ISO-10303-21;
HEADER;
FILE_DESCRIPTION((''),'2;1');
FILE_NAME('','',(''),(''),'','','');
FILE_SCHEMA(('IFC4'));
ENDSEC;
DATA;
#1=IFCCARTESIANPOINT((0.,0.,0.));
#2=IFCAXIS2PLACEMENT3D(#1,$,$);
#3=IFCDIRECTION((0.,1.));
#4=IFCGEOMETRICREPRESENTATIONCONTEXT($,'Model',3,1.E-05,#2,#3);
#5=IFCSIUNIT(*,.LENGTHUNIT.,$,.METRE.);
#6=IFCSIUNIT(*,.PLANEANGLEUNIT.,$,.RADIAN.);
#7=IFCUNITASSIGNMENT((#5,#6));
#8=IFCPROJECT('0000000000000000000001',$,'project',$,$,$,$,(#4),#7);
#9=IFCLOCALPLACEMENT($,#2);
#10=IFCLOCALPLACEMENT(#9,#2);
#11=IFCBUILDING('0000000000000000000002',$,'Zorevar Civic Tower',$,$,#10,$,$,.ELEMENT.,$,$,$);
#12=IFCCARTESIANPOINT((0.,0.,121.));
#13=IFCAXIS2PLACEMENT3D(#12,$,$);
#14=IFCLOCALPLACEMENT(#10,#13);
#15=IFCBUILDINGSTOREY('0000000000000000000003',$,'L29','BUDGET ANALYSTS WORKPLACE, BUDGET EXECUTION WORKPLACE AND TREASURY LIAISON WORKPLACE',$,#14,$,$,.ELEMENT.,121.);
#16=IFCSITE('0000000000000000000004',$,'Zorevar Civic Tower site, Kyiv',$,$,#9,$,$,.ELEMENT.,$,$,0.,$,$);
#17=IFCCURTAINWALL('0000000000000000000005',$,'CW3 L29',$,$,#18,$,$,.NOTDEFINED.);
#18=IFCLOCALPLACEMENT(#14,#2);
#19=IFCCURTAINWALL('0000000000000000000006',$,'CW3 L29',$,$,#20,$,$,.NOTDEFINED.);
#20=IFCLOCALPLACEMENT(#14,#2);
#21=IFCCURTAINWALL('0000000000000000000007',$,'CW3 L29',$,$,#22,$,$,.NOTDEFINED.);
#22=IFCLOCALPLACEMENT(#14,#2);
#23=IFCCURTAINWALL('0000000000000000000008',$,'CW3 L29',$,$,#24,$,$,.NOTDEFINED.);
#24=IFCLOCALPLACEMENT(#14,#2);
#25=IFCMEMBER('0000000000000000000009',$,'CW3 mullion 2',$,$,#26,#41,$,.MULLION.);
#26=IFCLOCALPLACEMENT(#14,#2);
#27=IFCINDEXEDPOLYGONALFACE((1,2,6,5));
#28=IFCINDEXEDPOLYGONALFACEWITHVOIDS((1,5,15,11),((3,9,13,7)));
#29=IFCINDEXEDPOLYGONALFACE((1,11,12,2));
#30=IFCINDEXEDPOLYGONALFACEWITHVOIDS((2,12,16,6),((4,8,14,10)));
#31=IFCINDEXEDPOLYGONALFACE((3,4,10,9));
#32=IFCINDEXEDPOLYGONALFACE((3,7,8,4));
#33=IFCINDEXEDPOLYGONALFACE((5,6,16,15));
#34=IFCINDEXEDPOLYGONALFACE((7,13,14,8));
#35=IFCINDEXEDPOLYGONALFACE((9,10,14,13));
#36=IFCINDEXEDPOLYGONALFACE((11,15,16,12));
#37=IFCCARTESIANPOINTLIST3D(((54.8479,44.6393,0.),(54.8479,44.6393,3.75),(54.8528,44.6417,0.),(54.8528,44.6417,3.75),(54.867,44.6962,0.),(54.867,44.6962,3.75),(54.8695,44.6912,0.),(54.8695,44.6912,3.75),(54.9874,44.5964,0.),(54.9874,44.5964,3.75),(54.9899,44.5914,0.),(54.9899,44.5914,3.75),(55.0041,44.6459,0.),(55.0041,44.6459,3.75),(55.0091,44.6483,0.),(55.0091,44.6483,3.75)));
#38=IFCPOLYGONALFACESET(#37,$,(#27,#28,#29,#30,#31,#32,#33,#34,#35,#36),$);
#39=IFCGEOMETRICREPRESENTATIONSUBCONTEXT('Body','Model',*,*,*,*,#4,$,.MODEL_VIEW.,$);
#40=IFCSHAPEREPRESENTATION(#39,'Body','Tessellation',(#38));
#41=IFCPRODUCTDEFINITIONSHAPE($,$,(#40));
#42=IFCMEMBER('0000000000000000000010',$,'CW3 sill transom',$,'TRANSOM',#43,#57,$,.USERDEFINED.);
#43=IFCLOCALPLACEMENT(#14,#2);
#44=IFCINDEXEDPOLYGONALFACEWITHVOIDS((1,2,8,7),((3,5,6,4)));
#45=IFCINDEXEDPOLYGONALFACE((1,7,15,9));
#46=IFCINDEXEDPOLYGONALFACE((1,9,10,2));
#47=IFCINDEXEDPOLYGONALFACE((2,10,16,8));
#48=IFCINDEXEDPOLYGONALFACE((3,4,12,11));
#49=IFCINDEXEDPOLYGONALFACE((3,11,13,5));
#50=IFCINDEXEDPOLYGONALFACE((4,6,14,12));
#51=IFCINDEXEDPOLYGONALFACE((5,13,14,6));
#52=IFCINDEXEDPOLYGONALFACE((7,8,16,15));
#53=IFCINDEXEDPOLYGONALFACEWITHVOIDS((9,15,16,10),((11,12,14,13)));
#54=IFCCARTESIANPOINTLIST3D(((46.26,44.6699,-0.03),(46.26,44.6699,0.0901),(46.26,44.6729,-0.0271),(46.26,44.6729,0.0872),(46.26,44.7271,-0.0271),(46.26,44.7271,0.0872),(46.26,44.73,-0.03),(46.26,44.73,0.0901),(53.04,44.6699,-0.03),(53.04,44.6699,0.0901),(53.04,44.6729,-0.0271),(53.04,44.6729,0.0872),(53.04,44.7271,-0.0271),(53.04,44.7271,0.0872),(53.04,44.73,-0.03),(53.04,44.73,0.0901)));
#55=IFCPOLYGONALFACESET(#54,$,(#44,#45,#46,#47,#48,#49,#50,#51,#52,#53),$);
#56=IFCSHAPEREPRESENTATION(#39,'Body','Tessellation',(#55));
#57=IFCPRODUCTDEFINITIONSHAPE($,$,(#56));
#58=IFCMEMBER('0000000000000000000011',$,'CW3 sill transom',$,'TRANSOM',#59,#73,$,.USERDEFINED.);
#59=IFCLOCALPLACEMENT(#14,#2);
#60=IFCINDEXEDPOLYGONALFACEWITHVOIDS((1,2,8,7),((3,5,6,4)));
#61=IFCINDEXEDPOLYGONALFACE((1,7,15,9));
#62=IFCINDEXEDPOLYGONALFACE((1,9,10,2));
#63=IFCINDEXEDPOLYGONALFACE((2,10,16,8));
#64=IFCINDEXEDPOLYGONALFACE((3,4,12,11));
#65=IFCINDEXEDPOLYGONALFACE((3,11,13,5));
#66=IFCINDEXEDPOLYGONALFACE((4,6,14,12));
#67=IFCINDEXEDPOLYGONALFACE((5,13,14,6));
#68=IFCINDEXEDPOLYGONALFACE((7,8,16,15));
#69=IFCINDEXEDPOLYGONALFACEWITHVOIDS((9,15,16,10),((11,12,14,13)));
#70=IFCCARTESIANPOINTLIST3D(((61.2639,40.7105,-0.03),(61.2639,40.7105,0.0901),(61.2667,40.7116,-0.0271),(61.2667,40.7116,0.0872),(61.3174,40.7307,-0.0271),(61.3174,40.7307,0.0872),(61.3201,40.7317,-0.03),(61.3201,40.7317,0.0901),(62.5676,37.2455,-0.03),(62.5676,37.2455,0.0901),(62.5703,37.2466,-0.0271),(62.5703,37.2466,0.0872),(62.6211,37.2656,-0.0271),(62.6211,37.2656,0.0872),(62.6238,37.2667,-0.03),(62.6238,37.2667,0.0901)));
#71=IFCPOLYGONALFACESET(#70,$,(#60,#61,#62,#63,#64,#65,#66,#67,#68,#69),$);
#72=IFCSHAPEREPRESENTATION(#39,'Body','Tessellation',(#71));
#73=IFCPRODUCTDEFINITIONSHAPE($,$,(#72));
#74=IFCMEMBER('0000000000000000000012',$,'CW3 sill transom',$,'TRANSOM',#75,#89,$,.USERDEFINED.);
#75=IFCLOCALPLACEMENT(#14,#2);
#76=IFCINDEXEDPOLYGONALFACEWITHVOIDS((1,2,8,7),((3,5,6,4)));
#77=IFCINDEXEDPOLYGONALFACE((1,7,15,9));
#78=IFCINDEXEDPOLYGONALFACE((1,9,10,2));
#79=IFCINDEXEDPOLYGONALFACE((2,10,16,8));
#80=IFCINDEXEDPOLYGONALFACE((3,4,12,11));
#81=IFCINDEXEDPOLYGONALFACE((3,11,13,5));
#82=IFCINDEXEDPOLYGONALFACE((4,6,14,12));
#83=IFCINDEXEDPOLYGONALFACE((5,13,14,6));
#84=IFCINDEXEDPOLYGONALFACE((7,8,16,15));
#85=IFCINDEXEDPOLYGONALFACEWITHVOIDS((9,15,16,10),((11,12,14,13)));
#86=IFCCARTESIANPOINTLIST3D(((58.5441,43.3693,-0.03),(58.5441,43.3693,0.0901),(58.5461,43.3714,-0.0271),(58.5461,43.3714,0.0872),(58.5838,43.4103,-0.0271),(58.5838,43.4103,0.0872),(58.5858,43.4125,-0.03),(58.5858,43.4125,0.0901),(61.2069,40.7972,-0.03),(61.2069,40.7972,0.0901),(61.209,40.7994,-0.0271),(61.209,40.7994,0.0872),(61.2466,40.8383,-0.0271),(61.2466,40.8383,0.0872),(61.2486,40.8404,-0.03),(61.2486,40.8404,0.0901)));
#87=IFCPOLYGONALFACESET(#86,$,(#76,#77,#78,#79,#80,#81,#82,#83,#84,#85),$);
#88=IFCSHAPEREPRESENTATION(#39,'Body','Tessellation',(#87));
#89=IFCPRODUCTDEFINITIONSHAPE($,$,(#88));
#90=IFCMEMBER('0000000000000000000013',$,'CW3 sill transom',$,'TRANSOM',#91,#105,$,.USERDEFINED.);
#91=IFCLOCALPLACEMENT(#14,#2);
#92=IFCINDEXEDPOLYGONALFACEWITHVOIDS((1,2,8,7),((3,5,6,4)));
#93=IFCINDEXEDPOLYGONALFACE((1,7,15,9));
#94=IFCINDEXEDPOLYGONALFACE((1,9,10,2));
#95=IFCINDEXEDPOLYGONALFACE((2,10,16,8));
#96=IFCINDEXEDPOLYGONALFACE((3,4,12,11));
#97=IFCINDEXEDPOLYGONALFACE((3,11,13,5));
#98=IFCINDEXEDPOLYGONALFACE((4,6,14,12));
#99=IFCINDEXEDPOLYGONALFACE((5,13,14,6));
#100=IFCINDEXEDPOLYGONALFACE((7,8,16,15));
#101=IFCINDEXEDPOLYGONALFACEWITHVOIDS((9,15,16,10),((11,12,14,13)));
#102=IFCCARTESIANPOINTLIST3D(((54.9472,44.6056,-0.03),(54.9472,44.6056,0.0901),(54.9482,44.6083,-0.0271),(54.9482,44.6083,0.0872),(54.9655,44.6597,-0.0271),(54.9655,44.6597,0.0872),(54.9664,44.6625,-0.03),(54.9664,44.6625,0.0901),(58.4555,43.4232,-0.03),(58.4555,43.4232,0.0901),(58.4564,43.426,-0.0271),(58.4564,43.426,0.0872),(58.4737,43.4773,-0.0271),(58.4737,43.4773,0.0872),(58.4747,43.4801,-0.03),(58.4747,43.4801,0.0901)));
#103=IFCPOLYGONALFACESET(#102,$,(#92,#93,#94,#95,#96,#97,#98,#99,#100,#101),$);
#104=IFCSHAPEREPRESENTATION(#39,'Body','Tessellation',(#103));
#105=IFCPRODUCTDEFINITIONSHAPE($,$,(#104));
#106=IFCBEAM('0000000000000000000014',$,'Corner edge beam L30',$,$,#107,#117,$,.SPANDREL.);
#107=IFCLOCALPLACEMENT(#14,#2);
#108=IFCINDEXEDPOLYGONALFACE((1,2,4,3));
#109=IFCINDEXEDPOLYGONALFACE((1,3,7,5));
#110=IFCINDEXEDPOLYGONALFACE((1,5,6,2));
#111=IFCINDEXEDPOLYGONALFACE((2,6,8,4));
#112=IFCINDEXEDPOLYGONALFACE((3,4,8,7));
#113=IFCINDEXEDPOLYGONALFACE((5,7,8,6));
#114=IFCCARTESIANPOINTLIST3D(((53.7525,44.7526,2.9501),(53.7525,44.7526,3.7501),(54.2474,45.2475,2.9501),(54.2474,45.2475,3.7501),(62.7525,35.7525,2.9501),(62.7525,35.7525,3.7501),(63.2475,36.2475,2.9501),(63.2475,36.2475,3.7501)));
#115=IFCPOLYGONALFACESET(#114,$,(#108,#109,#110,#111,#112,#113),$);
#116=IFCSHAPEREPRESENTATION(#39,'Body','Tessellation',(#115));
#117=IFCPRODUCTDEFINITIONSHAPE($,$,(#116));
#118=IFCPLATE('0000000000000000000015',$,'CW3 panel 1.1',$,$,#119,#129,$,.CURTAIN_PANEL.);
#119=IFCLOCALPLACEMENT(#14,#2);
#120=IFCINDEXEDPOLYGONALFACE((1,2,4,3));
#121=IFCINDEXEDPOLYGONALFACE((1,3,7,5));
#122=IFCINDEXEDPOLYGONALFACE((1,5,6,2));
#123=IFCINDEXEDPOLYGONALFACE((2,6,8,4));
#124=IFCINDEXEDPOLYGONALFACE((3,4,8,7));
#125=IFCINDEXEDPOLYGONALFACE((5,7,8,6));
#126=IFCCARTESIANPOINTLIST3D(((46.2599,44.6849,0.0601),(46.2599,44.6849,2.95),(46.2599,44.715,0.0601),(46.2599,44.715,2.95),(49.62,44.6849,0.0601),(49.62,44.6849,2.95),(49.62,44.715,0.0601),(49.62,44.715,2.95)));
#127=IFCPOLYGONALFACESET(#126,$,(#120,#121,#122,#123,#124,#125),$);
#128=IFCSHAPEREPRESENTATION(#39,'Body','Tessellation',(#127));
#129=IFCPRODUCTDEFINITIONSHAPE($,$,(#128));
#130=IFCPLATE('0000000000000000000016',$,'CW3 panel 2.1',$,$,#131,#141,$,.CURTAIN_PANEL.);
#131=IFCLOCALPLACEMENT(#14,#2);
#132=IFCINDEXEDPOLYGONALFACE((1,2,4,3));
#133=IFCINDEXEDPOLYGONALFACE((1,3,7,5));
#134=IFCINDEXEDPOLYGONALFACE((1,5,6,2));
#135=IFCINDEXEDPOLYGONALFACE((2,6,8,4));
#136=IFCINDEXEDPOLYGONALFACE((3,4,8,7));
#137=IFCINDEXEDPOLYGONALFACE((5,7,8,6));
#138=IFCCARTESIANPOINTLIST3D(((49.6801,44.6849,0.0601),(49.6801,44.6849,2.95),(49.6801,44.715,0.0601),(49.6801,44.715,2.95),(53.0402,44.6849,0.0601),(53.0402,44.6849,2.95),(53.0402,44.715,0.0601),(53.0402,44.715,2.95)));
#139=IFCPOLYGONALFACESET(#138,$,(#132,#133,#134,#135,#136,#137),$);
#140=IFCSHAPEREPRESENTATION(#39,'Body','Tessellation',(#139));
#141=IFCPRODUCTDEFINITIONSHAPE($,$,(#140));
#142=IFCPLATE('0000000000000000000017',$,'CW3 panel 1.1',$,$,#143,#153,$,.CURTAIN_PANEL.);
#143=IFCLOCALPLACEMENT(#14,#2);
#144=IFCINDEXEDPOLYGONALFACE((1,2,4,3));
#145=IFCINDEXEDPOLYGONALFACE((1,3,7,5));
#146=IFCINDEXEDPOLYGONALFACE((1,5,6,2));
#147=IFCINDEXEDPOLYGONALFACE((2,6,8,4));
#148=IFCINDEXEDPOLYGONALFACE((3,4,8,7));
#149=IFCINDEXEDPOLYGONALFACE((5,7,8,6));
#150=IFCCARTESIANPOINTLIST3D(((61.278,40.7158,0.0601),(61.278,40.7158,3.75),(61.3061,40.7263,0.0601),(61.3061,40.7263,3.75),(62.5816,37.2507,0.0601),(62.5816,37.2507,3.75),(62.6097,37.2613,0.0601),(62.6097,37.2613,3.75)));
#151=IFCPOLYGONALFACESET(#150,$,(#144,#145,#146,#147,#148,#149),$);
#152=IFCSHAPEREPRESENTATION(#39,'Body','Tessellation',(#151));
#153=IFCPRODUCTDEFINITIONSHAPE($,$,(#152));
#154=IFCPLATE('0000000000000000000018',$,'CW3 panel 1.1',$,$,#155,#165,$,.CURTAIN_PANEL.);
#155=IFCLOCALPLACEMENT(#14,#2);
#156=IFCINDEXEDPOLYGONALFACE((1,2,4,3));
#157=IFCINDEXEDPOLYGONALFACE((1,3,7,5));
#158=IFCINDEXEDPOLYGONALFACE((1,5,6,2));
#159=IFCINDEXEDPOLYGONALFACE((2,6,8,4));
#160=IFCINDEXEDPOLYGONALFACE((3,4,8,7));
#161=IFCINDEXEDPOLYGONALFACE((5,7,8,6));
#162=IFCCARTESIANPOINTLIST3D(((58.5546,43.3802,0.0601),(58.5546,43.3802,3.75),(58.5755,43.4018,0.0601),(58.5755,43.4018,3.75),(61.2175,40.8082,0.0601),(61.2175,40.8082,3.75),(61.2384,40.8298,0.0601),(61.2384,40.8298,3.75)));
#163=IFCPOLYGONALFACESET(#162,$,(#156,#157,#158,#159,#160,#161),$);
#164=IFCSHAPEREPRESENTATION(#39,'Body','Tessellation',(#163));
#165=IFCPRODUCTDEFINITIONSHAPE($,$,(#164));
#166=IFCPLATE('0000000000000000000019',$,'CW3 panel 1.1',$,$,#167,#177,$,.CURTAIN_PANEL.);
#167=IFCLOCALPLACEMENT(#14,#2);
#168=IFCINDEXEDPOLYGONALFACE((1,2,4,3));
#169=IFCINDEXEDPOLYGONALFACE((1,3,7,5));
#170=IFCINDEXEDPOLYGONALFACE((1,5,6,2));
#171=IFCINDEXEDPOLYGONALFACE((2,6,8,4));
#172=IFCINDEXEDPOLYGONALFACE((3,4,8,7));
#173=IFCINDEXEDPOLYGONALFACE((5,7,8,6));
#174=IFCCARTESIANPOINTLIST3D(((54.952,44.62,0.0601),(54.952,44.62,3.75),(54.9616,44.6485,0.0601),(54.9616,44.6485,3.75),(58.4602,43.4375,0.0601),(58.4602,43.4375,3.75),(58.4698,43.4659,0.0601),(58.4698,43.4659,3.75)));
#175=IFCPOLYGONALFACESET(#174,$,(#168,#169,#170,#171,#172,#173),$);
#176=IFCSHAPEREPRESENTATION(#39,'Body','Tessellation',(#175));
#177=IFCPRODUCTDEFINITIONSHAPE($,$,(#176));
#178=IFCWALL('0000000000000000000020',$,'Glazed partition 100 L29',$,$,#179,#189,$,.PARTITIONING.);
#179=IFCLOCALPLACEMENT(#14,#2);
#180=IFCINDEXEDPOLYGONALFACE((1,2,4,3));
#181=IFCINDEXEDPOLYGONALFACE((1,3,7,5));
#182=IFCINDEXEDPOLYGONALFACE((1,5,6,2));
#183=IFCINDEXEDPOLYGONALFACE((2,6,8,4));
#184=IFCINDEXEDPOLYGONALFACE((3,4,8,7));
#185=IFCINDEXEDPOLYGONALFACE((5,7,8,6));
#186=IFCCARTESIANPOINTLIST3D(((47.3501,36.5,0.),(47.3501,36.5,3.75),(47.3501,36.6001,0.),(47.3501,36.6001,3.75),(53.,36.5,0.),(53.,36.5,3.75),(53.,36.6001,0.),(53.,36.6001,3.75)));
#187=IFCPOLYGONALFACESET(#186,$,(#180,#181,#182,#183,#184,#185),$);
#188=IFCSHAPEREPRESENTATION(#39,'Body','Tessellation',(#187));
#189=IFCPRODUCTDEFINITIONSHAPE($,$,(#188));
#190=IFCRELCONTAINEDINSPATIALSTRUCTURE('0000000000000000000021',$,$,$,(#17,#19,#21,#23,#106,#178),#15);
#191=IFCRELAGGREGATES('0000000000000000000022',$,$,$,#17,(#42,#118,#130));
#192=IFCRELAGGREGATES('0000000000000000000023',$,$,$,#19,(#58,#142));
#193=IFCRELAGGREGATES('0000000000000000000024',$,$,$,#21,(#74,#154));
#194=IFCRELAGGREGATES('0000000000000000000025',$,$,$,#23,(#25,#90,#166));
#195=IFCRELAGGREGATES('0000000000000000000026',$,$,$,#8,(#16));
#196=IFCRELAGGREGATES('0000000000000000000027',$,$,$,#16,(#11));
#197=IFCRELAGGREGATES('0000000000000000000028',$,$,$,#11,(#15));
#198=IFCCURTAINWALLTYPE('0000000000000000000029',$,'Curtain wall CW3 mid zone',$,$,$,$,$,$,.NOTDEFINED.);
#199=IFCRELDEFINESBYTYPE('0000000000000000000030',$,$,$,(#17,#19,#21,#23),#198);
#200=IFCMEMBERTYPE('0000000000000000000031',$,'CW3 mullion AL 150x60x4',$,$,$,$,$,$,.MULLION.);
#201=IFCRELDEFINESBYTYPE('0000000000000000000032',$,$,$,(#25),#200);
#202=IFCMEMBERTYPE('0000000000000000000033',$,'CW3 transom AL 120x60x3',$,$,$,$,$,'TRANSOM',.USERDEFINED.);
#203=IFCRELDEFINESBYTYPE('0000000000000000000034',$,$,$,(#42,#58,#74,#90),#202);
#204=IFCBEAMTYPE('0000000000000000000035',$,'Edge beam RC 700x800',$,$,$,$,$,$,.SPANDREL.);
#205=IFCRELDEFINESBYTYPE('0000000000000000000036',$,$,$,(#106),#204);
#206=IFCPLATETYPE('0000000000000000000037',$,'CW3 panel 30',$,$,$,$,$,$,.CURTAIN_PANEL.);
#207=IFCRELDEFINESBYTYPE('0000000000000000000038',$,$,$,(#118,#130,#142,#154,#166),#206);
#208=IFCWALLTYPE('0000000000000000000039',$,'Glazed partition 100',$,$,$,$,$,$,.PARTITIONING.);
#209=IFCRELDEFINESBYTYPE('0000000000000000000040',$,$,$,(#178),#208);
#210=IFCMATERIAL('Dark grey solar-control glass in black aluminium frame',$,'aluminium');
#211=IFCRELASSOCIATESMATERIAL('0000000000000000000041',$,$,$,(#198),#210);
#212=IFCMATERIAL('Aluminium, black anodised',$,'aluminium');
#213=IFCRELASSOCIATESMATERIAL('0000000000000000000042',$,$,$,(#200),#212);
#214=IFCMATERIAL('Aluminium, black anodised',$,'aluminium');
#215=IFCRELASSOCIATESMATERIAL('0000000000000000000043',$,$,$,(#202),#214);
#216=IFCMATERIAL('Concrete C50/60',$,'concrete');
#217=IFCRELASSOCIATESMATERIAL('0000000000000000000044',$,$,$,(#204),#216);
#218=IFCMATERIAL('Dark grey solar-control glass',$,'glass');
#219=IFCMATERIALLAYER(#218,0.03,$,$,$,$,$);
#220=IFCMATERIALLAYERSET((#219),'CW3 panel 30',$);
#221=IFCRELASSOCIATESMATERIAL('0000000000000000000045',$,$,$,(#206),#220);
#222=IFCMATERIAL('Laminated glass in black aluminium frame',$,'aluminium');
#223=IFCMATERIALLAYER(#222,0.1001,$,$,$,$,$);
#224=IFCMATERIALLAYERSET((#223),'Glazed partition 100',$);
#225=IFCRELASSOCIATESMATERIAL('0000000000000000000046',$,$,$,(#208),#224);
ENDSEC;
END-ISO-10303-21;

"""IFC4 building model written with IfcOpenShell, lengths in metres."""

from ifc_helpers import new_model, si_unit, direction, frame, frame_2d, origin, origin_2d, place, context, subcontext, project, spatial, rectangle, hollow_rectangle, extrude, material, layer, layer_set, material_profile, profile_set, type_object, element, aggregate, save


model = new_model("IFC4")

# Units and contexts
model_context = context("Model", 3, precision=1e-05, world=origin(), true_north=direction((0.0, 1.0)))
body_context = subcontext(model_context, "Body", "Model", "MODEL_VIEW")
ifc_project = project(units=[si_unit("LENGTHUNIT", "METRE"), si_unit("PLANEANGLEUNIT", "RADIAN")], contexts=[model_context])

# Site, building, storey
site_placement = place(None, origin())
site = spatial("IfcSite", under=ifc_project, at=site_placement, Name="Zorevar Civic Tower site, Kyiv", CompositionType="ELEMENT", RefElevation=0.0)
building_placement = place(site_placement, origin())
building = spatial("IfcBuilding", under=site, at=building_placement, Name="Zorevar Civic Tower", CompositionType="ELEMENT")
storey_placement = place(building_placement, frame((0.0, 0.0, 121.0)))
storey = spatial("IfcBuildingStorey", under=building, at=storey_placement, Name="L29", Description="BUDGET ANALYSTS WORKPLACE, BUDGET EXECUTION WORKPLACE AND TREASURY LIAISON WORKPLACE", CompositionType="ELEMENT", Elevation=121.0)

# Curtain walls, member
ifc_material_1 = material(Name="Dark grey solar-control glass in black aluminium frame", Category="aluminium")
curtain_wall_type = type_object("IfcCurtainWallType", Name="Curtain wall CW3 mid zone", PredefinedType="NOTDEFINED", material=ifc_material_1)
curtain_wall_1_placement = place(storey_placement, origin())
curtain_wall_1 = element("IfcCurtainWall", 1, at=curtain_wall_1_placement, inside=storey, type_object=curtain_wall_type, Name="CW3 L29", PredefinedType="NOTDEFINED")
ifc_material_2 = material(Name="Aluminium, black anodised", Category="aluminium")
ifc_material_profile_1 = material_profile(ifc_material_2, hollow_rectangle(XDim=0.0601, YDim=0.1499, WallThickness=0.0039, at=origin_2d()), Name="AL 150x60x4")
ifc_profile_set_1 = profile_set([ifc_material_profile_1], Name="Aluminium, black anodised")
member_type_1 = type_object("IfcMemberType", Name="CW3 mullion AL 150x60x4", PredefinedType="MULLION", material=ifc_profile_set_1)
curtain_wall_2_placement = place(storey_placement, origin())
curtain_wall_2 = element("IfcCurtainWall", 2, at=curtain_wall_2_placement, inside=storey, type_object=curtain_wall_type, Name="CW3 L29", PredefinedType="NOTDEFINED")
curtain_wall_3_placement = place(storey_placement, origin())
curtain_wall_3 = element("IfcCurtainWall", 3, at=curtain_wall_3_placement, inside=storey, type_object=curtain_wall_type, Name="CW3 L29", PredefinedType="NOTDEFINED")
curtain_wall_4_placement = place(storey_placement, origin())
curtain_wall_4 = element("IfcCurtainWall", 4, at=curtain_wall_4_placement, inside=storey, type_object=curtain_wall_type, Name="CW3 L29", PredefinedType="NOTDEFINED")
member_1_placement = place(storey_placement, frame((54.9285, 44.6438, 0.0), z_axis=(0.0, 0.0, 1.0), x_axis=(-0.319413, -0.947616, 0.0)))
member_1 = element("IfcMember", 5, at=member_1_placement, type_object=member_type_1, Name="CW3 mullion 2", PredefinedType="MULLION", context=body_context, shape_type="SweptSolid", body=[
    extrude(hollow_rectangle(XDim=0.0601, YDim=0.1499, WallThickness=0.0039, at=origin_2d()), origin(), (0.0, 0.0, 1.0), 3.75),
])

# Members
ifc_material_3 = material(Name="Aluminium, black anodised", Category="aluminium")
ifc_material_profile_2 = material_profile(ifc_material_3, hollow_rectangle(XDim=0.0601, YDim=0.1201, WallThickness=0.0029, at=origin_2d()), Name="AL 120x60x3")
ifc_profile_set_2 = profile_set([ifc_material_profile_2], Name="Aluminium, black anodised")
member_type_2 = type_object("IfcMemberType", Name="CW3 transom AL 120x60x3", ElementType="TRANSOM", PredefinedType="USERDEFINED", material=ifc_profile_set_2)
member_2_placement = place(storey_placement, frame((46.26, 44.7, 0.03), z_axis=(1.0, 0.0, 0.0), x_axis=(0.0, 1.0, 0.0)))
member_2 = element("IfcMember", 6, at=member_2_placement, type_object=member_type_2, Name="CW3 sill transom", ObjectType="TRANSOM", PredefinedType="USERDEFINED", context=body_context, shape_type="SweptSolid", body=[
    extrude(hollow_rectangle(XDim=0.0601, YDim=0.1201, WallThickness=0.0029, at=origin_2d()), origin(), (0.0, 0.0, 1.0), 6.78),
])
member_3_placement = place(storey_placement, frame((62.5957, 37.2561, 0.03), z_axis=(-0.352142, 0.935947, 0.0), x_axis=(-0.935947, -0.352142, 0.0)))
member_3 = element("IfcMember", 7, at=member_3_placement, type_object=member_type_2, Name="CW3 sill transom", ObjectType="TRANSOM", PredefinedType="USERDEFINED", context=body_context, shape_type="SweptSolid", body=[
    extrude(hollow_rectangle(XDim=0.0601, YDim=0.1201, WallThickness=0.0029, at=origin_2d()), origin(), (0.0, 0.0, 1.0), 3.7021),
])
member_4_placement = place(storey_placement, frame((61.2278, 40.8188, 0.03), z_axis=(-0.719266, 0.694735, 0.0), x_axis=(-0.694735, -0.719266, 0.0)))
member_4 = element("IfcMember", 8, at=member_4_placement, type_object=member_type_2, Name="CW3 sill transom", ObjectType="TRANSOM", PredefinedType="USERDEFINED", context=body_context, shape_type="SweptSolid", body=[
    extrude(hollow_rectangle(XDim=0.0601, YDim=0.1201, WallThickness=0.0029, at=origin_2d()), origin(), (0.0, 0.0, 1.0), 3.7021),
])
member_5_placement = place(storey_placement, frame((58.4651, 43.4517, 0.03), z_axis=(-0.94763, 0.319372, 0.0), x_axis=(-0.319372, -0.94763, 0.0)))
member_5 = element("IfcMember", 9, at=member_5_placement, type_object=member_type_2, Name="CW3 sill transom", ObjectType="TRANSOM", PredefinedType="USERDEFINED", context=body_context, shape_type="SweptSolid", body=[
    extrude(hollow_rectangle(XDim=0.0601, YDim=0.1201, WallThickness=0.0029, at=origin_2d()), origin(), (0.0, 0.0, 1.0), 3.7021),
])

# Beam
ifc_material_4 = material(Name="Concrete C50/60", Category="concrete")
ifc_material_profile_3 = material_profile(ifc_material_4, rectangle(XDim=0.7, YDim=0.8, at=origin_2d()), Name="RC 700x800")
ifc_profile_set_3 = profile_set([ifc_material_profile_3], Name="Concrete C50/60")
beam_type_1 = type_object("IfcBeamType", Name="Edge beam RC 700x800", PredefinedType="SPANDREL", material=ifc_profile_set_3)
beam_1_placement = place(storey_placement, frame((63.0, 36.0, 3.3501), z_axis=(-0.707107, 0.707107, 0.0), x_axis=(-0.707107, -0.707107, 0.0)))
element("IfcBeam", 10, at=beam_1_placement, inside=storey, type_object=beam_type_1, Name="Corner edge beam L30", PredefinedType="SPANDREL", context=body_context, shape_type="SweptSolid", body=[
    extrude(rectangle(XDim=0.7, YDim=0.8, at=origin_2d()), origin(), (0.0, 0.0, 1.0), 12.728),
])

# Plates
ifc_material_5 = material(Name="Dark grey solar-control glass", Category="glass")
ifc_layer_1 = layer(ifc_material_5, 0.03)
ifc_layer_set_1 = layer_set([ifc_layer_1], Name="CW3 panel 30")
plate_type = type_object("IfcPlateType", Name="CW3 panel 30", PredefinedType="CURTAIN_PANEL", material=ifc_layer_set_1)
plate_1_placement = place(storey_placement, frame((47.9399, 44.7, 0.0601), z_axis=(0.0, 0.0, 1.0), x_axis=(1.0, 0.0, 0.0)))
plate_1 = element("IfcPlate", 11, at=plate_1_placement, type_object=plate_type, Name="CW3 panel 1.1", PredefinedType="CURTAIN_PANEL", context=body_context, shape_type="SweptSolid", body=[
    extrude(rectangle(XDim=3.3601, YDim=0.03, at=origin_2d()), origin(), (0.0, 0.0, 1.0), 2.8899),
])
plate_2_placement = place(storey_placement, frame((51.3601, 44.7, 0.0601), z_axis=(0.0, 0.0, 1.0), x_axis=(1.0, 0.0, 0.0)))
plate_2 = element("IfcPlate", 12, at=plate_2_placement, type_object=plate_type, Name="CW3 panel 2.1", PredefinedType="CURTAIN_PANEL", context=body_context, shape_type="SweptSolid", body=[
    extrude(rectangle(XDim=3.3601, YDim=0.03, at=origin_2d()), origin(), (0.0, 0.0, 1.0), 2.8899),
])
aggregate(curtain_wall_1, [member_2, plate_1, plate_2])
plate_3_placement = place(storey_placement, frame((61.9438, 38.9885, 0.0601), z_axis=(0.0, 0.0, 1.0), x_axis=(-0.352132, 0.935951, 0.0)))
plate_3 = element("IfcPlate", 13, at=plate_3_placement, type_object=plate_type, Name="CW3 panel 1.1", PredefinedType="CURTAIN_PANEL", context=body_context, shape_type="SweptSolid", body=[
    extrude(rectangle(XDim=3.7021, YDim=0.03, at=origin_2d()), origin(), (0.0, 0.0, 1.0), 3.6899),
])
aggregate(curtain_wall_2, [member_3, plate_3])
plate_4_placement = place(storey_placement, frame((59.8965, 42.105, 0.0601), z_axis=(0.0, 0.0, 1.0), x_axis=(-0.719281, 0.694719, 0.0)))
plate_4 = element("IfcPlate", 14, at=plate_4_placement, type_object=plate_type, Name="CW3 panel 1.1", PredefinedType="CURTAIN_PANEL", context=body_context, shape_type="SweptSolid", body=[
    extrude(rectangle(XDim=3.7021, YDim=0.03, at=origin_2d()), origin(), (0.0, 0.0, 1.0), 3.6899),
])
aggregate(curtain_wall_3, [member_4, plate_4])
plate_5_placement = place(storey_placement, frame((56.7109, 44.043, 0.0601), z_axis=(0.0, 0.0, 1.0), x_axis=(-0.947616, 0.319413, 0.0)))
plate_5 = element("IfcPlate", 15, at=plate_5_placement, type_object=plate_type, Name="CW3 panel 1.1", PredefinedType="CURTAIN_PANEL", context=body_context, shape_type="SweptSolid", body=[
    extrude(rectangle(XDim=3.7021, YDim=0.03, at=origin_2d()), origin(), (0.0, 0.0, 1.0), 3.6899),
])
aggregate(curtain_wall_4, [member_1, member_5, plate_5])

# Wall
ifc_material_6 = material(Name="Laminated glass in black aluminium frame", Category="aluminium")
ifc_layer_2 = layer(ifc_material_6, 0.1001)
ifc_layer_set_2 = layer_set([ifc_layer_2], Name="Glazed partition 100")
wall_type = type_object("IfcWallType", Name="Glazed partition 100", PredefinedType="PARTITIONING", material=ifc_layer_set_2)
wall_1_placement = place(storey_placement, frame((47.3501, 36.55, 0.0), z_axis=(0.0, 0.0, 1.0), x_axis=(1.0, 0.0, 0.0)))
element("IfcWall", 16, at=wall_1_placement, inside=storey, type_object=wall_type, Name="Glazed partition 100 L29", PredefinedType="PARTITIONING", context=body_context, shape_type="SweptSolid", body=[
    extrude(rectangle(XDim=5.6499, YDim=0.1001, at=frame_2d((2.825, 0.0))), origin(), (0.0, 0.0, 1.0), 3.75),
])

save(model, "model.ifc")
